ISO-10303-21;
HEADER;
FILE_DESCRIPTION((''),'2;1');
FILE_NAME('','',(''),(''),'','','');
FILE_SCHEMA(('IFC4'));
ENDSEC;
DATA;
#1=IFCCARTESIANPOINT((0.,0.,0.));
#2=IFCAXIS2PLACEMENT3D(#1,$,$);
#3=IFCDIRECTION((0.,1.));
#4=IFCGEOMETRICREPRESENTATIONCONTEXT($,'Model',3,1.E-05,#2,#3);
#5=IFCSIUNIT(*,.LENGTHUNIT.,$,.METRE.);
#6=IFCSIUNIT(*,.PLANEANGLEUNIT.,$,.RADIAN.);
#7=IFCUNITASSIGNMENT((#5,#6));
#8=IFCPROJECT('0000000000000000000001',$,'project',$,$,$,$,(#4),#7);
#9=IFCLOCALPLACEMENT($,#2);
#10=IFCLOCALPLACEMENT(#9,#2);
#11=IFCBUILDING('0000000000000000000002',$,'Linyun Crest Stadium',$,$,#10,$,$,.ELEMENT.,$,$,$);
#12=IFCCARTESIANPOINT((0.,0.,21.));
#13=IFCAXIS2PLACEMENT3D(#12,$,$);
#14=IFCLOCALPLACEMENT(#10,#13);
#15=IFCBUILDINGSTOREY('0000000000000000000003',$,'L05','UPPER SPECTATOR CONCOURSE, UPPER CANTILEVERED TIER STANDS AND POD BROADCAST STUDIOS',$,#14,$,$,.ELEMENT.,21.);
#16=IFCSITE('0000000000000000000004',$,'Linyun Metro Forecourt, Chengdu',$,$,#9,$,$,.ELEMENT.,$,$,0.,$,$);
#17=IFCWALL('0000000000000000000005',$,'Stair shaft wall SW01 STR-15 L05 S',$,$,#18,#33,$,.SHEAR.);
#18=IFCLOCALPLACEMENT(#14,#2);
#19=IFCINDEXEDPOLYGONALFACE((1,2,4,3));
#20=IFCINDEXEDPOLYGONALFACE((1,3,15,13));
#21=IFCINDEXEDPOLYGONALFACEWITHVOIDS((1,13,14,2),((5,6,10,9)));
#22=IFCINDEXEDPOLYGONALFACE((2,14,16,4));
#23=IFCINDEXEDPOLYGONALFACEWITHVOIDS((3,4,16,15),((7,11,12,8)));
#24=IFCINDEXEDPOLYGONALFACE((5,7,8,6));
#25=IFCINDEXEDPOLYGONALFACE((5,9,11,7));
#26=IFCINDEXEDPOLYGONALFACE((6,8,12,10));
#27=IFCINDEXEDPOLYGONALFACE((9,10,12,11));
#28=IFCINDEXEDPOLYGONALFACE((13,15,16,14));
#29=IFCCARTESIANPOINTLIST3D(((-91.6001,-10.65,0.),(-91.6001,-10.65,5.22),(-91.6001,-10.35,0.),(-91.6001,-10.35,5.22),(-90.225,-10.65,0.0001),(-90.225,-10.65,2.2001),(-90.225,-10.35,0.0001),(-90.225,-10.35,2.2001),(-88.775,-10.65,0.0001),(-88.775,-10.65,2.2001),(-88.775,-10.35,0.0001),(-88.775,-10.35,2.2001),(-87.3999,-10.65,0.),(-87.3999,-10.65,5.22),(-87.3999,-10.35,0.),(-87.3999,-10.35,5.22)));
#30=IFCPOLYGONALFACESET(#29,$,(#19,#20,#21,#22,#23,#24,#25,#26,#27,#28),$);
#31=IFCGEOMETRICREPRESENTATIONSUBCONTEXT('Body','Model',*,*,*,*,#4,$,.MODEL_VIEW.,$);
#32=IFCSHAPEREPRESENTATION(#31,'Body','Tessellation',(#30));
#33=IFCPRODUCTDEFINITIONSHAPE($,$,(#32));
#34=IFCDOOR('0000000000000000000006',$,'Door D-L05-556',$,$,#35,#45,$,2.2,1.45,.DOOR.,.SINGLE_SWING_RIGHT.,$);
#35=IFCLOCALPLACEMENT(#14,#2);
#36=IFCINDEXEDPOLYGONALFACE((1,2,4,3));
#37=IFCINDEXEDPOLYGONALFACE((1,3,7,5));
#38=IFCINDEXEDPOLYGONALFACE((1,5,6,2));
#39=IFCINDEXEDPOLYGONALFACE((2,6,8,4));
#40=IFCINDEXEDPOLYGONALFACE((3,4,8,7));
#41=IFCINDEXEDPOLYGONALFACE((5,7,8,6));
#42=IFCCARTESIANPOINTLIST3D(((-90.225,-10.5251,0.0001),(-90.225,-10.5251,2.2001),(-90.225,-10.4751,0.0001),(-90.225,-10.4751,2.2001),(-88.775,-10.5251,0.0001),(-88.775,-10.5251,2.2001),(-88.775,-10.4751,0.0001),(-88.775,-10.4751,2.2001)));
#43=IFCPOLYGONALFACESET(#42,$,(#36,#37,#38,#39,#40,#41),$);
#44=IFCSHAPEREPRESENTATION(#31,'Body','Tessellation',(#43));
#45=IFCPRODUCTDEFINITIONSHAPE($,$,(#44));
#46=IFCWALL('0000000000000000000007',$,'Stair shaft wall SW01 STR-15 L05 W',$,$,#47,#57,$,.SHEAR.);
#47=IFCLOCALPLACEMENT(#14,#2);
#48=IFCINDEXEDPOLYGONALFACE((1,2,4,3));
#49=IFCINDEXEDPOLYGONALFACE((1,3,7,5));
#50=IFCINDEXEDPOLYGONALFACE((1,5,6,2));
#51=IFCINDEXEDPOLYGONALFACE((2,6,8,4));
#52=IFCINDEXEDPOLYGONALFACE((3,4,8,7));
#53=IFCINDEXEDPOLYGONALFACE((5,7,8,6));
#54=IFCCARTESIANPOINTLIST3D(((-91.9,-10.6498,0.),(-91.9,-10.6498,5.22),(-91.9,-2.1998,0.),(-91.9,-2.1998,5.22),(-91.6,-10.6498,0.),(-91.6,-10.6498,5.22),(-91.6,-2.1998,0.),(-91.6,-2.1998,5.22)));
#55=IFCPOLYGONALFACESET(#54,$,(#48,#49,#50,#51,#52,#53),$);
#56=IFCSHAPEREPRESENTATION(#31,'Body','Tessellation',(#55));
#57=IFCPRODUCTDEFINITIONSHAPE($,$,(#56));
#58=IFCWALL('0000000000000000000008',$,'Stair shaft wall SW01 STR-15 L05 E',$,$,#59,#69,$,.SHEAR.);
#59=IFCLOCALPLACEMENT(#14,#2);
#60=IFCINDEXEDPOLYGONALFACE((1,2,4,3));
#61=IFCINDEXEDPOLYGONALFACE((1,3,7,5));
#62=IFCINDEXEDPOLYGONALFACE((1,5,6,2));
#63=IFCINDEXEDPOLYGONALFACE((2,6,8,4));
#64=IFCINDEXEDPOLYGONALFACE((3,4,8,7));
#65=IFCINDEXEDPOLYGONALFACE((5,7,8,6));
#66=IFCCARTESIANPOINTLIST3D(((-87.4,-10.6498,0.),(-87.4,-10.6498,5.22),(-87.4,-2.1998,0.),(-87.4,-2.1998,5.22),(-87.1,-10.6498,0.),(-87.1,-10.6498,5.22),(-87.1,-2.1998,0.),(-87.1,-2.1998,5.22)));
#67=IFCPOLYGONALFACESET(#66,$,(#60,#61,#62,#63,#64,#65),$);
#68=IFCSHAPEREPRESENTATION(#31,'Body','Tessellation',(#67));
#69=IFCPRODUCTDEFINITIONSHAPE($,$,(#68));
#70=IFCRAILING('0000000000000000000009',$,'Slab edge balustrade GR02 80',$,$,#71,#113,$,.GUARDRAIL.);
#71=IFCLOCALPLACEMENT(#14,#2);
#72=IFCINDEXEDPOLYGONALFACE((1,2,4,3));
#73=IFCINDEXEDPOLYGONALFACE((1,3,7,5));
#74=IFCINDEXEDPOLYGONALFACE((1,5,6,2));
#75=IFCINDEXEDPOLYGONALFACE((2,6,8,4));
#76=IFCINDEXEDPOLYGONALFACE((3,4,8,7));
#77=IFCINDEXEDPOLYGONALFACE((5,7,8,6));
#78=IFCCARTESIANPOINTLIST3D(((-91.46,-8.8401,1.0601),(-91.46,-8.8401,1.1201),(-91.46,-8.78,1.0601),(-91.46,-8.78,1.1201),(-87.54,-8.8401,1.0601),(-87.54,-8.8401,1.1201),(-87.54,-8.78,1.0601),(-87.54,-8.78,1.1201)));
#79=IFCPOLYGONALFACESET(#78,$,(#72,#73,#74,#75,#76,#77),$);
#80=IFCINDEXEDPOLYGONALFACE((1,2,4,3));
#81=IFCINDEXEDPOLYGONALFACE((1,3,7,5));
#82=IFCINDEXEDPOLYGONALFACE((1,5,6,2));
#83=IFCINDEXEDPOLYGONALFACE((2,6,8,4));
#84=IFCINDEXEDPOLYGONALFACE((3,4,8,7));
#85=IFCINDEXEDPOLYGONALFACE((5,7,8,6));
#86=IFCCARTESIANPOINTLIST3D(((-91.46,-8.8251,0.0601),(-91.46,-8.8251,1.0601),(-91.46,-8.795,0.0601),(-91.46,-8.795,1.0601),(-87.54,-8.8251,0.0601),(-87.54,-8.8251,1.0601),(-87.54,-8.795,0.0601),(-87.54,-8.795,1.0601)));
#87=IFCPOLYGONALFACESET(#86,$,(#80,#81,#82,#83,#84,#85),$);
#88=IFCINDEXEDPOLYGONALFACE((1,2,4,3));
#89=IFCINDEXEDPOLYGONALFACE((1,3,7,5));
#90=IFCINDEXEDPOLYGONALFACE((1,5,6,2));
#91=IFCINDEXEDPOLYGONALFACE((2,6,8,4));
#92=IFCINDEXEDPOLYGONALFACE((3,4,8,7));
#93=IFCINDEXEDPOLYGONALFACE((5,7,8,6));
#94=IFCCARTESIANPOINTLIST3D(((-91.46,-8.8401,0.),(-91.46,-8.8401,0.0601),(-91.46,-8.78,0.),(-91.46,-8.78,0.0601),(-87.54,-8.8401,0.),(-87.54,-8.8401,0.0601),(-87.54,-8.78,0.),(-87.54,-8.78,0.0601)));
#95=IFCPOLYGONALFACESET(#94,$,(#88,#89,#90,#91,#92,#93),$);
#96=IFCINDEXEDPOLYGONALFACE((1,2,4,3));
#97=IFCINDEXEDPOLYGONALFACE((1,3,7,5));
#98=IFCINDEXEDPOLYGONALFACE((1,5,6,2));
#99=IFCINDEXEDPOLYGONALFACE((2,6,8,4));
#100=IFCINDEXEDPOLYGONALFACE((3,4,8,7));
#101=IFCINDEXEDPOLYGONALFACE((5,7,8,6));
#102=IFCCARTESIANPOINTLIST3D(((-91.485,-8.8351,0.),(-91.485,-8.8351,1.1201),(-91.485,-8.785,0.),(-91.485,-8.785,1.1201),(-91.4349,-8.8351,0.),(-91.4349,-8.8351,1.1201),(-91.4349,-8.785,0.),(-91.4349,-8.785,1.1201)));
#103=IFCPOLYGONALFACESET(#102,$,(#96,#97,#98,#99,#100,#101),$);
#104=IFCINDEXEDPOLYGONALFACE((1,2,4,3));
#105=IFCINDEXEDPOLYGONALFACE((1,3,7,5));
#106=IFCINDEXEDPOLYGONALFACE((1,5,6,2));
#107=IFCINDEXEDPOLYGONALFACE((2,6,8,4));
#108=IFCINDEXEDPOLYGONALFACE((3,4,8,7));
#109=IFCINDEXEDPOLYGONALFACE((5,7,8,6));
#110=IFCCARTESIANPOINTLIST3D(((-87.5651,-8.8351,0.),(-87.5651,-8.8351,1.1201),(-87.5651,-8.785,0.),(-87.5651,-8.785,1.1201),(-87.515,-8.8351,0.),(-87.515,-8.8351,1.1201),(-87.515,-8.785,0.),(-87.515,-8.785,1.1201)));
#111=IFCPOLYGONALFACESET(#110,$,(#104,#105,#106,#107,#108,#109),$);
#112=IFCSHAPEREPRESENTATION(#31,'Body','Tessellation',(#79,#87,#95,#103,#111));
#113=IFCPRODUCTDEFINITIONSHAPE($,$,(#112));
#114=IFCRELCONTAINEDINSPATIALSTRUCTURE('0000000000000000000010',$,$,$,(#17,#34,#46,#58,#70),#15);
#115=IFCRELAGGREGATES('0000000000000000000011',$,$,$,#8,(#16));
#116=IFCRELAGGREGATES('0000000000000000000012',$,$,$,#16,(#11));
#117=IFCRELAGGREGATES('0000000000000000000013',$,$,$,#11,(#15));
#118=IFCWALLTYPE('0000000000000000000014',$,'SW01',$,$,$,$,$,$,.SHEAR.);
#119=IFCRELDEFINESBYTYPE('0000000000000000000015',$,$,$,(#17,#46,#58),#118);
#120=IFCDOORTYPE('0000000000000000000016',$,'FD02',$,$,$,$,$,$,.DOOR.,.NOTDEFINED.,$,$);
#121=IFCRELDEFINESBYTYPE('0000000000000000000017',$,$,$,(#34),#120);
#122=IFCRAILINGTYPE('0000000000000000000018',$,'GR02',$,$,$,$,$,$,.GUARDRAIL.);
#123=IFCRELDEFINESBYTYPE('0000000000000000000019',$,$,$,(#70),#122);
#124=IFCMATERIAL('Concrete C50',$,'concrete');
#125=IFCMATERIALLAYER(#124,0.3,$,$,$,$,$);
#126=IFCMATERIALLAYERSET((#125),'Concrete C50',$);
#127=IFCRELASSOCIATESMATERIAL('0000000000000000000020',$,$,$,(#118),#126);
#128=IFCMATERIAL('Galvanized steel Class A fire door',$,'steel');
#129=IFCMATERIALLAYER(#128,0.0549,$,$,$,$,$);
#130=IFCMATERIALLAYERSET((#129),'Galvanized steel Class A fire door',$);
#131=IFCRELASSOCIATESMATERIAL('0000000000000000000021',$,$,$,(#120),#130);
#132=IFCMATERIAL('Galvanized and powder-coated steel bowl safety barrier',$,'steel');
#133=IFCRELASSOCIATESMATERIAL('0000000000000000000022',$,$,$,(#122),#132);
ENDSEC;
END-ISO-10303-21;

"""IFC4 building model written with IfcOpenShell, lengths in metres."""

from ifc_helpers import new_model, si_unit, direction, frame, frame_2d, origin, origin_2d, place, context, subcontext, project, spatial, rectangle, extrude, material, layer, layer_set, type_object, element, fill, save


model = new_model("IFC4")

# Units and contexts
model_context = context("Model", 3, precision=1e-05, world=origin(), true_north=direction((0.0, 1.0)))
body_context = subcontext(model_context, "Body", "Model", "MODEL_VIEW")
ifc_project = project(units=[si_unit("LENGTHUNIT", "METRE"), si_unit("PLANEANGLEUNIT", "RADIAN")], contexts=[model_context])

# Site, building, storey
site_placement = place(None, origin())
site = spatial("IfcSite", under=ifc_project, at=site_placement, Name="Linyun Metro Forecourt, Chengdu", CompositionType="ELEMENT", RefElevation=0.0)
building_placement = place(site_placement, origin())
building = spatial("IfcBuilding", under=site, at=building_placement, Name="Linyun Crest Stadium", CompositionType="ELEMENT")
storey_placement = place(building_placement, frame((0.0, 0.0, 21.0)))
storey = spatial("IfcBuildingStorey", under=building, at=storey_placement, Name="L05", Description="UPPER SPECTATOR CONCOURSE, UPPER CANTILEVERED TIER STANDS AND POD BROADCAST STUDIOS", CompositionType="ELEMENT", Elevation=21.0)

# Wall, opening, door
ifc_material_1 = material(Name="Concrete C50", Category="concrete")
ifc_layer_1 = layer(ifc_material_1, 0.3)
ifc_layer_set_1 = layer_set([ifc_layer_1], Name="Concrete C50")
wall_type = type_object("IfcWallType", Name="SW01", PredefinedType="SHEAR", material=ifc_layer_set_1)
wall_placement = place(storey_placement, frame((-91.6001, -10.5, 0.0), z_axis=(0.0, 0.0, 1.0), x_axis=(1.0, 0.0, 0.0)))
wall = element("IfcWall", 1, at=wall_placement, inside=storey, type_object=wall_type, Name="Stair shaft wall SW01 STR-15 L05 S", PredefinedType="SHEAR", context=body_context, shape_type="SweptSolid", body=[
    extrude(rectangle(XDim=4.2002, YDim=0.3, at=frame_2d((2.1001, 0.0))), origin(), (0.0, 0.0, 1.0), 5.22),
])
opening_placement = place(wall_placement, frame((1.375, 0.0, 0.0)))
opening = element("IfcOpeningElement", 2, at=opening_placement, cuts=wall, PredefinedType="OPENING", context=body_context, shape_type="SweptSolid", body=[
    extrude(rectangle(XDim=1.45, YDim=2.2, at=frame_2d((0.7251, 1.1001))), frame((0.0, 0.1599, 0.0), z_axis=(0.0, -1.0, 0.0), x_axis=(1.0, 0.0, 0.0)), (0.0, 0.0, 1.0), 0.3201),
])
ifc_material_2 = material(Name="Galvanized steel Class A fire door", Category="steel")
ifc_layer_2 = layer(ifc_material_2, 0.0549)
ifc_layer_set_2 = layer_set([ifc_layer_2], Name="Galvanized steel Class A fire door")
door_type = type_object("IfcDoorType", Name="FD02", OperationType="NOTDEFINED", PredefinedType="DOOR", material=ifc_layer_set_2)
door_placement = place(opening_placement, origin())
door = element("IfcDoor", 3, at=door_placement, inside=storey, type_object=door_type, Name="Door D-L05-556", OperationType="SINGLE_SWING_RIGHT", OverallHeight=2.2, OverallWidth=1.45, PredefinedType="DOOR", context=body_context, shape_type="SweptSolid", body=[
    extrude(rectangle(XDim=1.45, YDim=2.2, at=frame_2d((0.7251, 1.1001))), frame((0.0, 0.0249, 0.0), z_axis=(0.0, -1.0, 0.0), x_axis=(1.0, 0.0, 0.0)), (0.0, 0.0, 1.0), 0.05),
])
fill(opening, door)

# Walls
for number, where, z_axis, x_axis, name in (
    (4, (-91.75, -10.6499, 0.0), (0.0, 0.0, 1.0), (0.0, 1.0, 0.0), "Stair shaft wall SW01 STR-15 L05 W"),
    (5, (-87.25, -10.6499, 0.0), (0.0, 0.0, 1.0), (0.0, 1.0, 0.0), "Stair shaft wall SW01 STR-15 L05 E"),
):
    element("IfcWall", number, at=place(storey_placement, frame(where, z_axis=z_axis, x_axis=x_axis)), inside=storey, type_object=wall_type, Name=name, PredefinedType="SHEAR", context=body_context, shape_type="SweptSolid", body=[
        extrude(rectangle(XDim=8.45, YDim=0.3, at=frame_2d((4.2251, 0.0))), origin(), (0.0, 0.0, 1.0), 5.22),
    ])

# Railing
ifc_material_3 = material(Name="Galvanized and powder-coated steel bowl safety barrier", Category="steel")
railing_type_1 = type_object("IfcRailingType", Name="GR02", PredefinedType="GUARDRAIL", material=ifc_material_3)
railing_1_placement = place(storey_placement, frame((-91.46, -8.8101, 0.0)))
element("IfcRailing", 6, at=railing_1_placement, inside=storey, type_object=railing_type_1, Name="Slab edge balustrade GR02 80", PredefinedType="GUARDRAIL", context=body_context, shape_type="SweptSolid", body=[
    extrude(rectangle(XDim=0.0601, YDim=0.0601, at=origin_2d()), frame((0.0, 0.0, 1.0901), z_axis=(1.0, 0.0, 0.0), x_axis=(0.0, 1.0, 0.0)), (0.0, 0.0, 1.0), 3.9199),
    extrude(rectangle(XDim=0.03, YDim=1.0, at=origin_2d()), frame((0.0, 0.0, 0.5601), z_axis=(1.0, 0.0, 0.0), x_axis=(0.0, 1.0, 0.0)), (0.0, 0.0, 1.0), 3.9199),
    extrude(rectangle(XDim=0.0601, YDim=0.0601, at=origin_2d()), frame((0.0, 0.0, 0.03), z_axis=(1.0, 0.0, 0.0), x_axis=(0.0, 1.0, 0.0)), (0.0, 0.0, 1.0), 3.9199),
    extrude(rectangle(XDim=0.05, YDim=0.05, at=origin_2d()), origin(), (0.0, 0.0, 1.0), 1.1201),
    extrude(rectangle(XDim=0.05, YDim=0.05, at=origin_2d()), frame((3.9199, 0.0, 0.0)), (0.0, 0.0, 1.0), 1.1201),
])

save(model, "model.ifc")
